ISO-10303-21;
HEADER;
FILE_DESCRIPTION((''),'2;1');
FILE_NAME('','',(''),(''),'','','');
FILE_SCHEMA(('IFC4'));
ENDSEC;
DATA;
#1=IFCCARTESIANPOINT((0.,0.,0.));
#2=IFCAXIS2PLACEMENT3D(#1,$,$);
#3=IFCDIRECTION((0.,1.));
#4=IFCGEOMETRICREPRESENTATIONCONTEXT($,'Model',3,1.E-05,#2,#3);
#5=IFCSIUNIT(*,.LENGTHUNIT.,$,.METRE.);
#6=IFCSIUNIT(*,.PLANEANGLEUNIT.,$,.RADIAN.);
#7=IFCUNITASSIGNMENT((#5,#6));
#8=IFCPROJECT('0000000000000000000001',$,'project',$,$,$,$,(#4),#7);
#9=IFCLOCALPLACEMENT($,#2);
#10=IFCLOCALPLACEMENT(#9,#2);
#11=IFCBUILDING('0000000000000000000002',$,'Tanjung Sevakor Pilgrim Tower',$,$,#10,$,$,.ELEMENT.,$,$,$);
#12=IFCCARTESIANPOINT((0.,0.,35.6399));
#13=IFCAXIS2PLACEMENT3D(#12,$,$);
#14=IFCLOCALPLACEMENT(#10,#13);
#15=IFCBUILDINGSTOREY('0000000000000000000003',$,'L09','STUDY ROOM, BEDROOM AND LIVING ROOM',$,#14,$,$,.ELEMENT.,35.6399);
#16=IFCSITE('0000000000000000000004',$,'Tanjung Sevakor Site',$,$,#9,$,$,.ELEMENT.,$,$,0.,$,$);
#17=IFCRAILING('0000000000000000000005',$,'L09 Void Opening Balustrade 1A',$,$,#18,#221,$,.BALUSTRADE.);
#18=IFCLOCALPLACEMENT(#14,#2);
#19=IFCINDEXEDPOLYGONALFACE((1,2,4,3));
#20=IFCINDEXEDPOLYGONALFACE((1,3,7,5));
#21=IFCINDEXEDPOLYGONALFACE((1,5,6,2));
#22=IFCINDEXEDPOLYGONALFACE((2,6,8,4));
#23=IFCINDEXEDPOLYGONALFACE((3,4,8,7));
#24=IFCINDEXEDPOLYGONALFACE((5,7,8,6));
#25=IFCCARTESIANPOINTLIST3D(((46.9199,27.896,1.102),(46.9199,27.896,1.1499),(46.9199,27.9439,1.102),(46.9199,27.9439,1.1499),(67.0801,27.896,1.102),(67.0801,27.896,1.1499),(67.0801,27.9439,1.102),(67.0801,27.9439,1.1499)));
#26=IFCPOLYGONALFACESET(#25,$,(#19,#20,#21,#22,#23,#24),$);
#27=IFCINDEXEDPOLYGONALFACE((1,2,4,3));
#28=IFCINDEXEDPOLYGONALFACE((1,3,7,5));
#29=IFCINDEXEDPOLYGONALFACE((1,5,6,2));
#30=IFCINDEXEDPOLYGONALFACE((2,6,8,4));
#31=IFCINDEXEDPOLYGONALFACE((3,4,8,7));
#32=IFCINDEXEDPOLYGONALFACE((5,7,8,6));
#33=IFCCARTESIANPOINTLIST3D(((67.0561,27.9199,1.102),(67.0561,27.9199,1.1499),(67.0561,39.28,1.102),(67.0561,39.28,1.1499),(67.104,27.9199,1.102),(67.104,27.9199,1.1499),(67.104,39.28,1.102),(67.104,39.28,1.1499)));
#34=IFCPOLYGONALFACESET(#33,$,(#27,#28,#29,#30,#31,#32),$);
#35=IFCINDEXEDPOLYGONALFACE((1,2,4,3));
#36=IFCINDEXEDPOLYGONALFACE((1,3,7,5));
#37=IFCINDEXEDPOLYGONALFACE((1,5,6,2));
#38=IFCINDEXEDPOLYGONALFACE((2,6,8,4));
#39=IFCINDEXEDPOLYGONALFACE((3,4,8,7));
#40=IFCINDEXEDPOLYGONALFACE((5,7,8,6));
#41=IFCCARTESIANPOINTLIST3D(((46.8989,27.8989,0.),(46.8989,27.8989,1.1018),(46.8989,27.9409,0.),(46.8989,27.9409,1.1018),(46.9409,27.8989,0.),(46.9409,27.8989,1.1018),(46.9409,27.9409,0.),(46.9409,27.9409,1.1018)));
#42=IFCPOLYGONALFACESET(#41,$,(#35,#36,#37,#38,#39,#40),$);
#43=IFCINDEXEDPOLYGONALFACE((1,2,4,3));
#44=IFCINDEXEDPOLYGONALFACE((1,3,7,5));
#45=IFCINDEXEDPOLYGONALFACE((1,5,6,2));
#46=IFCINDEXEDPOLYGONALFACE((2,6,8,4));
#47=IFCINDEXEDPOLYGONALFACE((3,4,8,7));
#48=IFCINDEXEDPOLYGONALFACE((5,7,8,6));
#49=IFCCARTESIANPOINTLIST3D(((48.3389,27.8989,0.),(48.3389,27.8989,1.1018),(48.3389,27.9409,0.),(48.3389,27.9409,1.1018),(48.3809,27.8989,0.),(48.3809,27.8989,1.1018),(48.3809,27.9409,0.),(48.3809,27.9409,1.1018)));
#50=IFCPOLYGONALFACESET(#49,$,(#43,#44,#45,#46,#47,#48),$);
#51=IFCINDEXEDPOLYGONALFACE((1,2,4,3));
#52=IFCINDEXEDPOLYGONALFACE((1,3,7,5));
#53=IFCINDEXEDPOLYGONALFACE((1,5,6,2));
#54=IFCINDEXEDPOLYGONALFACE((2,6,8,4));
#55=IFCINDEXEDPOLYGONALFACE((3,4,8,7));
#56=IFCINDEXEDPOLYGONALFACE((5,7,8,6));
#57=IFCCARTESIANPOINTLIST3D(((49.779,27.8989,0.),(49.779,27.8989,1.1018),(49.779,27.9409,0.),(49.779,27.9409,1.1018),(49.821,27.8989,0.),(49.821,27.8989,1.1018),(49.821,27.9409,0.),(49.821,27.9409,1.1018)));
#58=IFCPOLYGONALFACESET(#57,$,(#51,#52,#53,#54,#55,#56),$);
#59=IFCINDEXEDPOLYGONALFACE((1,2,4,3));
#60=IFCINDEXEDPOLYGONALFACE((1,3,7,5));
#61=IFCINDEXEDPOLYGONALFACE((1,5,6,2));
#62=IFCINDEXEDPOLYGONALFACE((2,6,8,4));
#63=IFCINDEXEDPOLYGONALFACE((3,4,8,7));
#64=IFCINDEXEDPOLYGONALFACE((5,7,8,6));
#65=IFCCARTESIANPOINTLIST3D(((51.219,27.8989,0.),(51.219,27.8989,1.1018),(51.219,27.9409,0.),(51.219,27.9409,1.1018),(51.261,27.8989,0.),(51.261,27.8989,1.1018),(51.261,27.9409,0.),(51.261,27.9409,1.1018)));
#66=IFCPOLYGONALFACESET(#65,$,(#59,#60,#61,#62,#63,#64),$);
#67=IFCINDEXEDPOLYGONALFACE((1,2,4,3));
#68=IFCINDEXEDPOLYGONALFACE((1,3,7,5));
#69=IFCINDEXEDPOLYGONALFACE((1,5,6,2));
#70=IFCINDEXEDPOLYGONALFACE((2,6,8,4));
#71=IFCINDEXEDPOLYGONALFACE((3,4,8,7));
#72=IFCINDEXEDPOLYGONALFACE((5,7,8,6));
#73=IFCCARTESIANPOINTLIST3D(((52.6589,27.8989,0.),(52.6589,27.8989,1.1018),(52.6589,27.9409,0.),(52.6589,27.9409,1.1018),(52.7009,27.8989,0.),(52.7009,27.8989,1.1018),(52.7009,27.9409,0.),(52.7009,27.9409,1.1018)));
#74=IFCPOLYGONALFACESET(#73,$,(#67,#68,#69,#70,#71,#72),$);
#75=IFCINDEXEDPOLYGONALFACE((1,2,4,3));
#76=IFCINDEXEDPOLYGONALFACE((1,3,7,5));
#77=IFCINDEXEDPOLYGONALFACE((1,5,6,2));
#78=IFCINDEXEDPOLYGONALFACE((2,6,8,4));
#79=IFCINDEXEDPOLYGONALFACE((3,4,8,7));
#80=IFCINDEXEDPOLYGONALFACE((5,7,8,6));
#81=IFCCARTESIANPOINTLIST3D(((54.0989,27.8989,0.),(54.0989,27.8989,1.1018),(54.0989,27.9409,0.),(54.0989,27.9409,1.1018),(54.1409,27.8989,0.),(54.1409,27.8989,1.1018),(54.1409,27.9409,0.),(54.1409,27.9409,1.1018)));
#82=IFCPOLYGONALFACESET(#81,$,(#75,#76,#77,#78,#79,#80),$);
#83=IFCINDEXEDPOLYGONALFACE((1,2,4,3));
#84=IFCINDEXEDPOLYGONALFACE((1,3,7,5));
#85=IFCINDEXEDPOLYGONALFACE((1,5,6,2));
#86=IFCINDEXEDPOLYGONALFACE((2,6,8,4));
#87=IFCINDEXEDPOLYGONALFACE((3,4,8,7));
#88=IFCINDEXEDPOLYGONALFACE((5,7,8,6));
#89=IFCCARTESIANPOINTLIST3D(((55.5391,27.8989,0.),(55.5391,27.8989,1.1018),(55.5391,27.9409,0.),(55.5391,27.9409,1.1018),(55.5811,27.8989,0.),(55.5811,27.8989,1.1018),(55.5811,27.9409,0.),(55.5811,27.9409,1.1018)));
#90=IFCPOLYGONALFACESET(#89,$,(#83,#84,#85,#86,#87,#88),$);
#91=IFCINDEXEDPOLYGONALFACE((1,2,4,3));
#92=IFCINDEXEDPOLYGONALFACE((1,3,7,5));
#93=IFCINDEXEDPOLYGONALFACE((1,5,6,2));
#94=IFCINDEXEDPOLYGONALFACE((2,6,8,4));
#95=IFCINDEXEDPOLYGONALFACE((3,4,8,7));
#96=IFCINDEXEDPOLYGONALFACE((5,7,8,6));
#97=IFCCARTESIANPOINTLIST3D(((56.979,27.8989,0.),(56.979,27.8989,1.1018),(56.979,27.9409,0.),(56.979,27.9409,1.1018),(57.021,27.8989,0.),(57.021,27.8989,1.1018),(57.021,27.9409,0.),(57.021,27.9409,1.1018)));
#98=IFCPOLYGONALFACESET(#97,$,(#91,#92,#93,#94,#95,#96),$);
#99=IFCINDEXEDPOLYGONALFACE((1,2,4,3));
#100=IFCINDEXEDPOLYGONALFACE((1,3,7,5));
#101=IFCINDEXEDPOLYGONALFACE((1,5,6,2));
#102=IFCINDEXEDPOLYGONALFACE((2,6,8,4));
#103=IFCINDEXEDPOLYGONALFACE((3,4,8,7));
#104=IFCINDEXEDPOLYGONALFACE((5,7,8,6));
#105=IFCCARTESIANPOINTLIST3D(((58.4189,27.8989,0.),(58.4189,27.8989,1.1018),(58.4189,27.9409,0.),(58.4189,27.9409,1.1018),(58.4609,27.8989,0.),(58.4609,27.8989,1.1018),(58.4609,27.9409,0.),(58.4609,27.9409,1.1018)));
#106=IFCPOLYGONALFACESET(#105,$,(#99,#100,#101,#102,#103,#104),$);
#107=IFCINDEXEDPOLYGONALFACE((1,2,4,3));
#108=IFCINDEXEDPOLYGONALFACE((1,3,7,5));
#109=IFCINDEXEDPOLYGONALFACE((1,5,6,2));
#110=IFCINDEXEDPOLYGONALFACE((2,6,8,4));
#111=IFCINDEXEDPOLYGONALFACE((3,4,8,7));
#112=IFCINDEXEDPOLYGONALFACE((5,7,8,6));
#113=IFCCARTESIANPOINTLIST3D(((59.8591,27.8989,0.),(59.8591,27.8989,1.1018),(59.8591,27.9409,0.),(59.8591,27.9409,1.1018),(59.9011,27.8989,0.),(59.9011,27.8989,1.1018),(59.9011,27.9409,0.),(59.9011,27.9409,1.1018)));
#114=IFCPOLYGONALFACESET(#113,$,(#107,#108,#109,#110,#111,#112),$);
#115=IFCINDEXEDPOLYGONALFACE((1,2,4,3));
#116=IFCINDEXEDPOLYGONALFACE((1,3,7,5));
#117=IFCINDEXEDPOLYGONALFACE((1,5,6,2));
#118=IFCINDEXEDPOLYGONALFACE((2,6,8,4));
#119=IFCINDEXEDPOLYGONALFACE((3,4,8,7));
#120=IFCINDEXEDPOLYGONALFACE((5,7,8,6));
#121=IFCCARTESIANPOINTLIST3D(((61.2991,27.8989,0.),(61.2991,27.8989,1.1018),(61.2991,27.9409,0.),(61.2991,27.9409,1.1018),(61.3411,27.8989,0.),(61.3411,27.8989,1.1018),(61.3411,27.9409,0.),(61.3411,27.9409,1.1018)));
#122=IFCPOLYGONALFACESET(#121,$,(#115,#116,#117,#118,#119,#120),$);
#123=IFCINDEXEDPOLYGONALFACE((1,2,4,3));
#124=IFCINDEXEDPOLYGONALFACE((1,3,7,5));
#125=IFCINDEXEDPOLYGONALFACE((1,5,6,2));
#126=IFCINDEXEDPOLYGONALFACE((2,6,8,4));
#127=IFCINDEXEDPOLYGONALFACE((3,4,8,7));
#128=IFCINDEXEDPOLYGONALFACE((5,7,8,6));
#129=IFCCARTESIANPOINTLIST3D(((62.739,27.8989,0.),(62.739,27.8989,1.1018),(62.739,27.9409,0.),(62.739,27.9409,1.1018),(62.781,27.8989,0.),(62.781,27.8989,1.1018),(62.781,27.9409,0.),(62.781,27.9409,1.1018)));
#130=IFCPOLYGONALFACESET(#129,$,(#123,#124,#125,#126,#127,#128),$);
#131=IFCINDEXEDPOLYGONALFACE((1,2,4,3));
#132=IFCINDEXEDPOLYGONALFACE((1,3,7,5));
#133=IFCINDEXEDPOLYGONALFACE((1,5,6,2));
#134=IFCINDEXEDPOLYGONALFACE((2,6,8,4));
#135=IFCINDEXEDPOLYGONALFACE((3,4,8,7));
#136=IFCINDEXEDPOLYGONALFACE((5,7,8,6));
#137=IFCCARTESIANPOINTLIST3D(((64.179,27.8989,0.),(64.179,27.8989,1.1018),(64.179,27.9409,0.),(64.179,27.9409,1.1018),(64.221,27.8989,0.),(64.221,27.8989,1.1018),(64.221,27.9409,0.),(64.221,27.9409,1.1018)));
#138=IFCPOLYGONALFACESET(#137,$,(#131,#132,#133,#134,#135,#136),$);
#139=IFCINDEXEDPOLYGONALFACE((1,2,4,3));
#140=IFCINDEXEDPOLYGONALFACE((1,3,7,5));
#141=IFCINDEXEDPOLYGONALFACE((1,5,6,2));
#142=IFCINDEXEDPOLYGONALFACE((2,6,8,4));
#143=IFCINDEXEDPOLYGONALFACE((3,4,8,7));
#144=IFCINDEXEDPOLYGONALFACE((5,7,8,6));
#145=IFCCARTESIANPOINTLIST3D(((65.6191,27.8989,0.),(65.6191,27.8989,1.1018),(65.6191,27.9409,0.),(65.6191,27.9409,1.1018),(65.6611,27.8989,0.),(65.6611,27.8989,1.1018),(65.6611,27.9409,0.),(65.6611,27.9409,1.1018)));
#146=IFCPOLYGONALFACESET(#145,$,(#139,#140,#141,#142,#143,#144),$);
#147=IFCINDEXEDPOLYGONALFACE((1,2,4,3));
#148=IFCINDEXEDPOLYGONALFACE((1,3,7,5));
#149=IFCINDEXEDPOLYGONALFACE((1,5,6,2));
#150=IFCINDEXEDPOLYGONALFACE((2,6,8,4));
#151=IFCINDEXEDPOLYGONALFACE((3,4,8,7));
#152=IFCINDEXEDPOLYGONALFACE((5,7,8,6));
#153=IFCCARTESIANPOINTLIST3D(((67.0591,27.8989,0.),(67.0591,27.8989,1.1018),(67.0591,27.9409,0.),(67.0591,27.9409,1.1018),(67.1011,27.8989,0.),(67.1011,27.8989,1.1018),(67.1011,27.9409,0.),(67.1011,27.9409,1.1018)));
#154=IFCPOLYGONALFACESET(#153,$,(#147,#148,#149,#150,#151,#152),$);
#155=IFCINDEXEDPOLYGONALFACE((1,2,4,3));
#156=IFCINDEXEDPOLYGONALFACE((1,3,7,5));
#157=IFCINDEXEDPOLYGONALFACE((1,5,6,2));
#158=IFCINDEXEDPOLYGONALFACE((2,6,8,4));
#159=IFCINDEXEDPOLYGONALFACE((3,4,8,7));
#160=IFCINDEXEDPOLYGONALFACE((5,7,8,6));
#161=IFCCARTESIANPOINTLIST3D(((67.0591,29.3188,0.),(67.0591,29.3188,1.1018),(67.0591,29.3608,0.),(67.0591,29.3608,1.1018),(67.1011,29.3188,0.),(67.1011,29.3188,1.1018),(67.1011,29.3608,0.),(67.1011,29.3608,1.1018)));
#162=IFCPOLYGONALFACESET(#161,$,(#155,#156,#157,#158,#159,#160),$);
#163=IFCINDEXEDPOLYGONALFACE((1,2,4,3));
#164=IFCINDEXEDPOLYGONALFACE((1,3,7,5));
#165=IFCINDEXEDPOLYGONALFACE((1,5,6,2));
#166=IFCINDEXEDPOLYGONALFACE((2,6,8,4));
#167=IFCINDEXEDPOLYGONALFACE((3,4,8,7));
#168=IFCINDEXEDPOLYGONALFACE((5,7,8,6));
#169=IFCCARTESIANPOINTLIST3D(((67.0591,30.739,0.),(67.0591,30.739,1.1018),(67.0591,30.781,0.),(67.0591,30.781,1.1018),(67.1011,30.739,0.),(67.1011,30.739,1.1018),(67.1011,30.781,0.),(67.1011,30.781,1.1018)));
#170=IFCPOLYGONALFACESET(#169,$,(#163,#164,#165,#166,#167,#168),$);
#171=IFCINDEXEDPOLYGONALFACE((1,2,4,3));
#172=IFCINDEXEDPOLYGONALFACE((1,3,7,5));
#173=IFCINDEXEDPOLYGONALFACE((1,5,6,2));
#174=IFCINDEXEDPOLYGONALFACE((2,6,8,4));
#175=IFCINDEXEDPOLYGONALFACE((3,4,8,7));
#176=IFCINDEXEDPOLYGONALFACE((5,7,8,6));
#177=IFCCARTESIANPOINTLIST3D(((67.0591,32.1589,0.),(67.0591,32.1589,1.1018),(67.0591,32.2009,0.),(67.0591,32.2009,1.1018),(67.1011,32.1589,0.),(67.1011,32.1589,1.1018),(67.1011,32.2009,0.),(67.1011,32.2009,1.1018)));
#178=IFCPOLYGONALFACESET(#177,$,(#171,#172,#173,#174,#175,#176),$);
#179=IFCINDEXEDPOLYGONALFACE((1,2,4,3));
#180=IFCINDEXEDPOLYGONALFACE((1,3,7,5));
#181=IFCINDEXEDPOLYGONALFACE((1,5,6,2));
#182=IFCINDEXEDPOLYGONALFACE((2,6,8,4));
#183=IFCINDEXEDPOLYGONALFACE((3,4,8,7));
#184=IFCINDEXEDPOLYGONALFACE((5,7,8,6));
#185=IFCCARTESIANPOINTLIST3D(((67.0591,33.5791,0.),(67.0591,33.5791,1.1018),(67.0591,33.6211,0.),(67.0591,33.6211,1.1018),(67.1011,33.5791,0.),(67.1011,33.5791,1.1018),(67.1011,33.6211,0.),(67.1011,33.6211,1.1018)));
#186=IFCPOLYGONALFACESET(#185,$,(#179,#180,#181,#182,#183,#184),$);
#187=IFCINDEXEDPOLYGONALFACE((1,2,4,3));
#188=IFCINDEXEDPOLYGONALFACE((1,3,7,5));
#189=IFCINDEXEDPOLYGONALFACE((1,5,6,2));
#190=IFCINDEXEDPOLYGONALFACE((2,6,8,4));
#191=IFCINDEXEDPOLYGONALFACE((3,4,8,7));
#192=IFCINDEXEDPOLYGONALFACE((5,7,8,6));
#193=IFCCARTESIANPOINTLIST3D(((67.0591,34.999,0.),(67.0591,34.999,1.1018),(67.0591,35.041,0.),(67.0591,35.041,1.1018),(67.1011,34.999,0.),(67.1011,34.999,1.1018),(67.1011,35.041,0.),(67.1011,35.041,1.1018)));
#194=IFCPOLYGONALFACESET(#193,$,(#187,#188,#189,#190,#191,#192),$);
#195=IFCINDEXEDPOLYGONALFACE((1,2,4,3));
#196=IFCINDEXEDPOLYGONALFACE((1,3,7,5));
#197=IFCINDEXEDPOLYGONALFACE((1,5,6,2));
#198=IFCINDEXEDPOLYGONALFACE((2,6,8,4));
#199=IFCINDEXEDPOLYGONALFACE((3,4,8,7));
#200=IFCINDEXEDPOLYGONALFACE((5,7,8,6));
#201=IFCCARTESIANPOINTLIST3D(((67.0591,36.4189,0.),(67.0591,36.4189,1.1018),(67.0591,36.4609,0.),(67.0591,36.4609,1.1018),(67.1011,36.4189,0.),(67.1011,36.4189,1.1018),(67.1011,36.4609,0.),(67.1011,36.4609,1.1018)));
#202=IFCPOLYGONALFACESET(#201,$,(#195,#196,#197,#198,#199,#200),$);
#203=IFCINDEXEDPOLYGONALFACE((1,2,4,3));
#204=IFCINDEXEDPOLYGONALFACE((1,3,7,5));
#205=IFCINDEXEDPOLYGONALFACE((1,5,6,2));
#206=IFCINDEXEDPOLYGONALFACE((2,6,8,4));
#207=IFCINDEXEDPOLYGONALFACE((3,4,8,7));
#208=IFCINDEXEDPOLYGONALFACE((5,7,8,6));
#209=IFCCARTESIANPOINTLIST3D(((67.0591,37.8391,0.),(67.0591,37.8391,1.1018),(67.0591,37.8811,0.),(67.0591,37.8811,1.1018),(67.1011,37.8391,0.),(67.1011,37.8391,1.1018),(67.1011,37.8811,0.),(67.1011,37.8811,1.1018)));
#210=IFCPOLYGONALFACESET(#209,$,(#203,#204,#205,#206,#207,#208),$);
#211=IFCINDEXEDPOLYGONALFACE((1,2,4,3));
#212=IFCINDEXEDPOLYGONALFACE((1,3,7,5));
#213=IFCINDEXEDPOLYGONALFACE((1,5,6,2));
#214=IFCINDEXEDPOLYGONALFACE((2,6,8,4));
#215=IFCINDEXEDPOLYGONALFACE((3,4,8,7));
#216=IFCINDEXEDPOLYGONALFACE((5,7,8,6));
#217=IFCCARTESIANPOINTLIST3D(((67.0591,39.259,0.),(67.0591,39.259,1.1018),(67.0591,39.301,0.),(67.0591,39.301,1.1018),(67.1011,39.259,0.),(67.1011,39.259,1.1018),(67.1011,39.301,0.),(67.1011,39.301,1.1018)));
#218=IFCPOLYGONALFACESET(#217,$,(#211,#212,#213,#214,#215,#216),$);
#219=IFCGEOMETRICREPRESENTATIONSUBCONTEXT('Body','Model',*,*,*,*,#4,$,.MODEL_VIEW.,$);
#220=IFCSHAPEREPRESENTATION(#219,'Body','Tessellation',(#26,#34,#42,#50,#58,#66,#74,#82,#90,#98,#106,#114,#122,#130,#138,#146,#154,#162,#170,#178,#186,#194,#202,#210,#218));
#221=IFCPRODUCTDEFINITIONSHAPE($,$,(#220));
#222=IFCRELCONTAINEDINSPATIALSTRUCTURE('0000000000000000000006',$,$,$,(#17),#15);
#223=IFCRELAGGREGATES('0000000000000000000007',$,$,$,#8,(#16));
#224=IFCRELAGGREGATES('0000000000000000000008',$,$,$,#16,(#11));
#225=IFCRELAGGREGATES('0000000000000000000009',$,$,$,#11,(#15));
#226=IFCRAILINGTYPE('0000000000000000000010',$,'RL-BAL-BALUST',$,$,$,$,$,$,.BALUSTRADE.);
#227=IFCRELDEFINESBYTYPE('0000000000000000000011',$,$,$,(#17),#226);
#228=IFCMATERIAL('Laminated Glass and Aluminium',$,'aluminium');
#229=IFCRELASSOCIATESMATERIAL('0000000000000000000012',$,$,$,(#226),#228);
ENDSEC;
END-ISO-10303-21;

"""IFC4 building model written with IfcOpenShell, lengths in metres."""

from ifc_helpers import new_model, si_unit, direction, frame, origin, place, context, subcontext, project, spatial, rectangle, extrude, material, type_object, element, save


model = new_model("IFC4")

# Units and contexts
model_context = context("Model", 3, precision=1e-05, world=origin(), true_north=direction((0.0, 1.0)))
body_context = subcontext(model_context, "Body", "Model", "MODEL_VIEW")
ifc_project = project(units=[si_unit("LENGTHUNIT", "METRE"), si_unit("PLANEANGLEUNIT", "RADIAN")], contexts=[model_context])

# Site, building, storey
site_placement = place(None, origin())
site = spatial("IfcSite", under=ifc_project, at=site_placement, Name="Tanjung Sevakor Site", CompositionType="ELEMENT", RefElevation=0.0)
building_placement = place(site_placement, origin())
building = spatial("IfcBuilding", under=site, at=building_placement, Name="Tanjung Sevakor Pilgrim Tower", CompositionType="ELEMENT")
storey_placement = place(building_placement, frame((0.0, 0.0, 35.6399)))
storey = spatial("IfcBuildingStorey", under=building, at=storey_placement, Name="L09", Description="STUDY ROOM, BEDROOM AND LIVING ROOM", CompositionType="ELEMENT", Elevation=35.6399)

# Railing
ifc_material_1 = material(Name="Laminated Glass and Aluminium", Category="aluminium")
railing_type = type_object("IfcRailingType", Name="RL-BAL-BALUST", PredefinedType="BALUSTRADE", material=ifc_material_1)
railing_placement = place(storey_placement, frame((46.9199, 27.9199, 0.0)))
element("IfcRailing", 1, at=railing_placement, inside=storey, type_object=railing_type, Name="L09 Void Opening Balustrade 1A", PredefinedType="BALUSTRADE", context=body_context, shape_type="SweptSolid", body=[
    extrude(rectangle(XDim=0.0479, YDim=0.0479), frame((0.0, 0.0, 1.126), z_axis=(1.0, 0.0, 0.0), x_axis=(0.0, 1.0, 0.0)), (0.0, 0.0, 1.0), 20.1602),
    extrude(rectangle(XDim=0.0479, YDim=0.0479), frame((20.1602, 0.0, 1.126), z_axis=(0.0, 1.0, 0.0), x_axis=(-1.0, 0.0, 0.0)), (0.0, 0.0, 1.0), 11.3601),
    extrude(rectangle(XDim=0.042, YDim=0.042), origin(), (0.0, 0.0, 1.0), 1.1018),
    extrude(rectangle(XDim=0.042, YDim=0.042), frame((1.4399, 0.0, 0.0)), (0.0, 0.0, 1.0), 1.1018),
    extrude(rectangle(XDim=0.042, YDim=0.042), frame((2.8801, 0.0, 0.0)), (0.0, 0.0, 1.0), 1.1018),
    extrude(rectangle(XDim=0.042, YDim=0.042), frame((4.3201, 0.0, 0.0)), (0.0, 0.0, 1.0), 1.1018),
    extrude(rectangle(XDim=0.042, YDim=0.042), frame((5.76, 0.0, 0.0)), (0.0, 0.0, 1.0), 1.1018),
    extrude(rectangle(XDim=0.042, YDim=0.042), frame((7.2, 0.0, 0.0)), (0.0, 0.0, 1.0), 1.1018),
    extrude(rectangle(XDim=0.042, YDim=0.042), frame((8.6401, 0.0, 0.0)), (0.0, 0.0, 1.0), 1.1018),
    extrude(rectangle(XDim=0.042, YDim=0.042), frame((10.0801, 0.0, 0.0)), (0.0, 0.0, 1.0), 1.1018),
    extrude(rectangle(XDim=0.042, YDim=0.042), frame((11.52, 0.0, 0.0)), (0.0, 0.0, 1.0), 1.1018),
    extrude(rectangle(XDim=0.042, YDim=0.042), frame((12.9602, 0.0, 0.0)), (0.0, 0.0, 1.0), 1.1018),
    extrude(rectangle(XDim=0.042, YDim=0.042), frame((14.4001, 0.0, 0.0)), (0.0, 0.0, 1.0), 1.1018),
    extrude(rectangle(XDim=0.042, YDim=0.042), frame((15.8401, 0.0, 0.0)), (0.0, 0.0, 1.0), 1.1018),
    extrude(rectangle(XDim=0.042, YDim=0.042), frame((17.28, 0.0, 0.0)), (0.0, 0.0, 1.0), 1.1018),
    extrude(rectangle(XDim=0.042, YDim=0.042), frame((18.7202, 0.0, 0.0)), (0.0, 0.0, 1.0), 1.1018),
    extrude(rectangle(XDim=0.042, YDim=0.042), frame((20.1602, 0.0, 0.0)), (0.0, 0.0, 1.0), 1.1018),
    extrude(rectangle(XDim=0.042, YDim=0.042), frame((20.1602, 1.4199, 0.0)), (0.0, 0.0, 1.0), 1.1018),
    extrude(rectangle(XDim=0.042, YDim=0.042), frame((20.1602, 2.8401, 0.0)), (0.0, 0.0, 1.0), 1.1018),
    extrude(rectangle(XDim=0.042, YDim=0.042), frame((20.1602, 4.26, 0.0)), (0.0, 0.0, 1.0), 1.1018),
    extrude(rectangle(XDim=0.042, YDim=0.042), frame((20.1602, 5.6802, 0.0)), (0.0, 0.0, 1.0), 1.1018),
    extrude(rectangle(XDim=0.042, YDim=0.042), frame((20.1602, 7.1001, 0.0)), (0.0, 0.0, 1.0), 1.1018),
    extrude(rectangle(XDim=0.042, YDim=0.042), frame((20.1602, 8.52, 0.0)), (0.0, 0.0, 1.0), 1.1018),
    extrude(rectangle(XDim=0.042, YDim=0.042), frame((20.1602, 9.9402, 0.0)), (0.0, 0.0, 1.0), 1.1018),
    extrude(rectangle(XDim=0.042, YDim=0.042), frame((20.1602, 11.3601, 0.0)), (0.0, 0.0, 1.0), 1.1018),
])

save(model, "model.ifc")
